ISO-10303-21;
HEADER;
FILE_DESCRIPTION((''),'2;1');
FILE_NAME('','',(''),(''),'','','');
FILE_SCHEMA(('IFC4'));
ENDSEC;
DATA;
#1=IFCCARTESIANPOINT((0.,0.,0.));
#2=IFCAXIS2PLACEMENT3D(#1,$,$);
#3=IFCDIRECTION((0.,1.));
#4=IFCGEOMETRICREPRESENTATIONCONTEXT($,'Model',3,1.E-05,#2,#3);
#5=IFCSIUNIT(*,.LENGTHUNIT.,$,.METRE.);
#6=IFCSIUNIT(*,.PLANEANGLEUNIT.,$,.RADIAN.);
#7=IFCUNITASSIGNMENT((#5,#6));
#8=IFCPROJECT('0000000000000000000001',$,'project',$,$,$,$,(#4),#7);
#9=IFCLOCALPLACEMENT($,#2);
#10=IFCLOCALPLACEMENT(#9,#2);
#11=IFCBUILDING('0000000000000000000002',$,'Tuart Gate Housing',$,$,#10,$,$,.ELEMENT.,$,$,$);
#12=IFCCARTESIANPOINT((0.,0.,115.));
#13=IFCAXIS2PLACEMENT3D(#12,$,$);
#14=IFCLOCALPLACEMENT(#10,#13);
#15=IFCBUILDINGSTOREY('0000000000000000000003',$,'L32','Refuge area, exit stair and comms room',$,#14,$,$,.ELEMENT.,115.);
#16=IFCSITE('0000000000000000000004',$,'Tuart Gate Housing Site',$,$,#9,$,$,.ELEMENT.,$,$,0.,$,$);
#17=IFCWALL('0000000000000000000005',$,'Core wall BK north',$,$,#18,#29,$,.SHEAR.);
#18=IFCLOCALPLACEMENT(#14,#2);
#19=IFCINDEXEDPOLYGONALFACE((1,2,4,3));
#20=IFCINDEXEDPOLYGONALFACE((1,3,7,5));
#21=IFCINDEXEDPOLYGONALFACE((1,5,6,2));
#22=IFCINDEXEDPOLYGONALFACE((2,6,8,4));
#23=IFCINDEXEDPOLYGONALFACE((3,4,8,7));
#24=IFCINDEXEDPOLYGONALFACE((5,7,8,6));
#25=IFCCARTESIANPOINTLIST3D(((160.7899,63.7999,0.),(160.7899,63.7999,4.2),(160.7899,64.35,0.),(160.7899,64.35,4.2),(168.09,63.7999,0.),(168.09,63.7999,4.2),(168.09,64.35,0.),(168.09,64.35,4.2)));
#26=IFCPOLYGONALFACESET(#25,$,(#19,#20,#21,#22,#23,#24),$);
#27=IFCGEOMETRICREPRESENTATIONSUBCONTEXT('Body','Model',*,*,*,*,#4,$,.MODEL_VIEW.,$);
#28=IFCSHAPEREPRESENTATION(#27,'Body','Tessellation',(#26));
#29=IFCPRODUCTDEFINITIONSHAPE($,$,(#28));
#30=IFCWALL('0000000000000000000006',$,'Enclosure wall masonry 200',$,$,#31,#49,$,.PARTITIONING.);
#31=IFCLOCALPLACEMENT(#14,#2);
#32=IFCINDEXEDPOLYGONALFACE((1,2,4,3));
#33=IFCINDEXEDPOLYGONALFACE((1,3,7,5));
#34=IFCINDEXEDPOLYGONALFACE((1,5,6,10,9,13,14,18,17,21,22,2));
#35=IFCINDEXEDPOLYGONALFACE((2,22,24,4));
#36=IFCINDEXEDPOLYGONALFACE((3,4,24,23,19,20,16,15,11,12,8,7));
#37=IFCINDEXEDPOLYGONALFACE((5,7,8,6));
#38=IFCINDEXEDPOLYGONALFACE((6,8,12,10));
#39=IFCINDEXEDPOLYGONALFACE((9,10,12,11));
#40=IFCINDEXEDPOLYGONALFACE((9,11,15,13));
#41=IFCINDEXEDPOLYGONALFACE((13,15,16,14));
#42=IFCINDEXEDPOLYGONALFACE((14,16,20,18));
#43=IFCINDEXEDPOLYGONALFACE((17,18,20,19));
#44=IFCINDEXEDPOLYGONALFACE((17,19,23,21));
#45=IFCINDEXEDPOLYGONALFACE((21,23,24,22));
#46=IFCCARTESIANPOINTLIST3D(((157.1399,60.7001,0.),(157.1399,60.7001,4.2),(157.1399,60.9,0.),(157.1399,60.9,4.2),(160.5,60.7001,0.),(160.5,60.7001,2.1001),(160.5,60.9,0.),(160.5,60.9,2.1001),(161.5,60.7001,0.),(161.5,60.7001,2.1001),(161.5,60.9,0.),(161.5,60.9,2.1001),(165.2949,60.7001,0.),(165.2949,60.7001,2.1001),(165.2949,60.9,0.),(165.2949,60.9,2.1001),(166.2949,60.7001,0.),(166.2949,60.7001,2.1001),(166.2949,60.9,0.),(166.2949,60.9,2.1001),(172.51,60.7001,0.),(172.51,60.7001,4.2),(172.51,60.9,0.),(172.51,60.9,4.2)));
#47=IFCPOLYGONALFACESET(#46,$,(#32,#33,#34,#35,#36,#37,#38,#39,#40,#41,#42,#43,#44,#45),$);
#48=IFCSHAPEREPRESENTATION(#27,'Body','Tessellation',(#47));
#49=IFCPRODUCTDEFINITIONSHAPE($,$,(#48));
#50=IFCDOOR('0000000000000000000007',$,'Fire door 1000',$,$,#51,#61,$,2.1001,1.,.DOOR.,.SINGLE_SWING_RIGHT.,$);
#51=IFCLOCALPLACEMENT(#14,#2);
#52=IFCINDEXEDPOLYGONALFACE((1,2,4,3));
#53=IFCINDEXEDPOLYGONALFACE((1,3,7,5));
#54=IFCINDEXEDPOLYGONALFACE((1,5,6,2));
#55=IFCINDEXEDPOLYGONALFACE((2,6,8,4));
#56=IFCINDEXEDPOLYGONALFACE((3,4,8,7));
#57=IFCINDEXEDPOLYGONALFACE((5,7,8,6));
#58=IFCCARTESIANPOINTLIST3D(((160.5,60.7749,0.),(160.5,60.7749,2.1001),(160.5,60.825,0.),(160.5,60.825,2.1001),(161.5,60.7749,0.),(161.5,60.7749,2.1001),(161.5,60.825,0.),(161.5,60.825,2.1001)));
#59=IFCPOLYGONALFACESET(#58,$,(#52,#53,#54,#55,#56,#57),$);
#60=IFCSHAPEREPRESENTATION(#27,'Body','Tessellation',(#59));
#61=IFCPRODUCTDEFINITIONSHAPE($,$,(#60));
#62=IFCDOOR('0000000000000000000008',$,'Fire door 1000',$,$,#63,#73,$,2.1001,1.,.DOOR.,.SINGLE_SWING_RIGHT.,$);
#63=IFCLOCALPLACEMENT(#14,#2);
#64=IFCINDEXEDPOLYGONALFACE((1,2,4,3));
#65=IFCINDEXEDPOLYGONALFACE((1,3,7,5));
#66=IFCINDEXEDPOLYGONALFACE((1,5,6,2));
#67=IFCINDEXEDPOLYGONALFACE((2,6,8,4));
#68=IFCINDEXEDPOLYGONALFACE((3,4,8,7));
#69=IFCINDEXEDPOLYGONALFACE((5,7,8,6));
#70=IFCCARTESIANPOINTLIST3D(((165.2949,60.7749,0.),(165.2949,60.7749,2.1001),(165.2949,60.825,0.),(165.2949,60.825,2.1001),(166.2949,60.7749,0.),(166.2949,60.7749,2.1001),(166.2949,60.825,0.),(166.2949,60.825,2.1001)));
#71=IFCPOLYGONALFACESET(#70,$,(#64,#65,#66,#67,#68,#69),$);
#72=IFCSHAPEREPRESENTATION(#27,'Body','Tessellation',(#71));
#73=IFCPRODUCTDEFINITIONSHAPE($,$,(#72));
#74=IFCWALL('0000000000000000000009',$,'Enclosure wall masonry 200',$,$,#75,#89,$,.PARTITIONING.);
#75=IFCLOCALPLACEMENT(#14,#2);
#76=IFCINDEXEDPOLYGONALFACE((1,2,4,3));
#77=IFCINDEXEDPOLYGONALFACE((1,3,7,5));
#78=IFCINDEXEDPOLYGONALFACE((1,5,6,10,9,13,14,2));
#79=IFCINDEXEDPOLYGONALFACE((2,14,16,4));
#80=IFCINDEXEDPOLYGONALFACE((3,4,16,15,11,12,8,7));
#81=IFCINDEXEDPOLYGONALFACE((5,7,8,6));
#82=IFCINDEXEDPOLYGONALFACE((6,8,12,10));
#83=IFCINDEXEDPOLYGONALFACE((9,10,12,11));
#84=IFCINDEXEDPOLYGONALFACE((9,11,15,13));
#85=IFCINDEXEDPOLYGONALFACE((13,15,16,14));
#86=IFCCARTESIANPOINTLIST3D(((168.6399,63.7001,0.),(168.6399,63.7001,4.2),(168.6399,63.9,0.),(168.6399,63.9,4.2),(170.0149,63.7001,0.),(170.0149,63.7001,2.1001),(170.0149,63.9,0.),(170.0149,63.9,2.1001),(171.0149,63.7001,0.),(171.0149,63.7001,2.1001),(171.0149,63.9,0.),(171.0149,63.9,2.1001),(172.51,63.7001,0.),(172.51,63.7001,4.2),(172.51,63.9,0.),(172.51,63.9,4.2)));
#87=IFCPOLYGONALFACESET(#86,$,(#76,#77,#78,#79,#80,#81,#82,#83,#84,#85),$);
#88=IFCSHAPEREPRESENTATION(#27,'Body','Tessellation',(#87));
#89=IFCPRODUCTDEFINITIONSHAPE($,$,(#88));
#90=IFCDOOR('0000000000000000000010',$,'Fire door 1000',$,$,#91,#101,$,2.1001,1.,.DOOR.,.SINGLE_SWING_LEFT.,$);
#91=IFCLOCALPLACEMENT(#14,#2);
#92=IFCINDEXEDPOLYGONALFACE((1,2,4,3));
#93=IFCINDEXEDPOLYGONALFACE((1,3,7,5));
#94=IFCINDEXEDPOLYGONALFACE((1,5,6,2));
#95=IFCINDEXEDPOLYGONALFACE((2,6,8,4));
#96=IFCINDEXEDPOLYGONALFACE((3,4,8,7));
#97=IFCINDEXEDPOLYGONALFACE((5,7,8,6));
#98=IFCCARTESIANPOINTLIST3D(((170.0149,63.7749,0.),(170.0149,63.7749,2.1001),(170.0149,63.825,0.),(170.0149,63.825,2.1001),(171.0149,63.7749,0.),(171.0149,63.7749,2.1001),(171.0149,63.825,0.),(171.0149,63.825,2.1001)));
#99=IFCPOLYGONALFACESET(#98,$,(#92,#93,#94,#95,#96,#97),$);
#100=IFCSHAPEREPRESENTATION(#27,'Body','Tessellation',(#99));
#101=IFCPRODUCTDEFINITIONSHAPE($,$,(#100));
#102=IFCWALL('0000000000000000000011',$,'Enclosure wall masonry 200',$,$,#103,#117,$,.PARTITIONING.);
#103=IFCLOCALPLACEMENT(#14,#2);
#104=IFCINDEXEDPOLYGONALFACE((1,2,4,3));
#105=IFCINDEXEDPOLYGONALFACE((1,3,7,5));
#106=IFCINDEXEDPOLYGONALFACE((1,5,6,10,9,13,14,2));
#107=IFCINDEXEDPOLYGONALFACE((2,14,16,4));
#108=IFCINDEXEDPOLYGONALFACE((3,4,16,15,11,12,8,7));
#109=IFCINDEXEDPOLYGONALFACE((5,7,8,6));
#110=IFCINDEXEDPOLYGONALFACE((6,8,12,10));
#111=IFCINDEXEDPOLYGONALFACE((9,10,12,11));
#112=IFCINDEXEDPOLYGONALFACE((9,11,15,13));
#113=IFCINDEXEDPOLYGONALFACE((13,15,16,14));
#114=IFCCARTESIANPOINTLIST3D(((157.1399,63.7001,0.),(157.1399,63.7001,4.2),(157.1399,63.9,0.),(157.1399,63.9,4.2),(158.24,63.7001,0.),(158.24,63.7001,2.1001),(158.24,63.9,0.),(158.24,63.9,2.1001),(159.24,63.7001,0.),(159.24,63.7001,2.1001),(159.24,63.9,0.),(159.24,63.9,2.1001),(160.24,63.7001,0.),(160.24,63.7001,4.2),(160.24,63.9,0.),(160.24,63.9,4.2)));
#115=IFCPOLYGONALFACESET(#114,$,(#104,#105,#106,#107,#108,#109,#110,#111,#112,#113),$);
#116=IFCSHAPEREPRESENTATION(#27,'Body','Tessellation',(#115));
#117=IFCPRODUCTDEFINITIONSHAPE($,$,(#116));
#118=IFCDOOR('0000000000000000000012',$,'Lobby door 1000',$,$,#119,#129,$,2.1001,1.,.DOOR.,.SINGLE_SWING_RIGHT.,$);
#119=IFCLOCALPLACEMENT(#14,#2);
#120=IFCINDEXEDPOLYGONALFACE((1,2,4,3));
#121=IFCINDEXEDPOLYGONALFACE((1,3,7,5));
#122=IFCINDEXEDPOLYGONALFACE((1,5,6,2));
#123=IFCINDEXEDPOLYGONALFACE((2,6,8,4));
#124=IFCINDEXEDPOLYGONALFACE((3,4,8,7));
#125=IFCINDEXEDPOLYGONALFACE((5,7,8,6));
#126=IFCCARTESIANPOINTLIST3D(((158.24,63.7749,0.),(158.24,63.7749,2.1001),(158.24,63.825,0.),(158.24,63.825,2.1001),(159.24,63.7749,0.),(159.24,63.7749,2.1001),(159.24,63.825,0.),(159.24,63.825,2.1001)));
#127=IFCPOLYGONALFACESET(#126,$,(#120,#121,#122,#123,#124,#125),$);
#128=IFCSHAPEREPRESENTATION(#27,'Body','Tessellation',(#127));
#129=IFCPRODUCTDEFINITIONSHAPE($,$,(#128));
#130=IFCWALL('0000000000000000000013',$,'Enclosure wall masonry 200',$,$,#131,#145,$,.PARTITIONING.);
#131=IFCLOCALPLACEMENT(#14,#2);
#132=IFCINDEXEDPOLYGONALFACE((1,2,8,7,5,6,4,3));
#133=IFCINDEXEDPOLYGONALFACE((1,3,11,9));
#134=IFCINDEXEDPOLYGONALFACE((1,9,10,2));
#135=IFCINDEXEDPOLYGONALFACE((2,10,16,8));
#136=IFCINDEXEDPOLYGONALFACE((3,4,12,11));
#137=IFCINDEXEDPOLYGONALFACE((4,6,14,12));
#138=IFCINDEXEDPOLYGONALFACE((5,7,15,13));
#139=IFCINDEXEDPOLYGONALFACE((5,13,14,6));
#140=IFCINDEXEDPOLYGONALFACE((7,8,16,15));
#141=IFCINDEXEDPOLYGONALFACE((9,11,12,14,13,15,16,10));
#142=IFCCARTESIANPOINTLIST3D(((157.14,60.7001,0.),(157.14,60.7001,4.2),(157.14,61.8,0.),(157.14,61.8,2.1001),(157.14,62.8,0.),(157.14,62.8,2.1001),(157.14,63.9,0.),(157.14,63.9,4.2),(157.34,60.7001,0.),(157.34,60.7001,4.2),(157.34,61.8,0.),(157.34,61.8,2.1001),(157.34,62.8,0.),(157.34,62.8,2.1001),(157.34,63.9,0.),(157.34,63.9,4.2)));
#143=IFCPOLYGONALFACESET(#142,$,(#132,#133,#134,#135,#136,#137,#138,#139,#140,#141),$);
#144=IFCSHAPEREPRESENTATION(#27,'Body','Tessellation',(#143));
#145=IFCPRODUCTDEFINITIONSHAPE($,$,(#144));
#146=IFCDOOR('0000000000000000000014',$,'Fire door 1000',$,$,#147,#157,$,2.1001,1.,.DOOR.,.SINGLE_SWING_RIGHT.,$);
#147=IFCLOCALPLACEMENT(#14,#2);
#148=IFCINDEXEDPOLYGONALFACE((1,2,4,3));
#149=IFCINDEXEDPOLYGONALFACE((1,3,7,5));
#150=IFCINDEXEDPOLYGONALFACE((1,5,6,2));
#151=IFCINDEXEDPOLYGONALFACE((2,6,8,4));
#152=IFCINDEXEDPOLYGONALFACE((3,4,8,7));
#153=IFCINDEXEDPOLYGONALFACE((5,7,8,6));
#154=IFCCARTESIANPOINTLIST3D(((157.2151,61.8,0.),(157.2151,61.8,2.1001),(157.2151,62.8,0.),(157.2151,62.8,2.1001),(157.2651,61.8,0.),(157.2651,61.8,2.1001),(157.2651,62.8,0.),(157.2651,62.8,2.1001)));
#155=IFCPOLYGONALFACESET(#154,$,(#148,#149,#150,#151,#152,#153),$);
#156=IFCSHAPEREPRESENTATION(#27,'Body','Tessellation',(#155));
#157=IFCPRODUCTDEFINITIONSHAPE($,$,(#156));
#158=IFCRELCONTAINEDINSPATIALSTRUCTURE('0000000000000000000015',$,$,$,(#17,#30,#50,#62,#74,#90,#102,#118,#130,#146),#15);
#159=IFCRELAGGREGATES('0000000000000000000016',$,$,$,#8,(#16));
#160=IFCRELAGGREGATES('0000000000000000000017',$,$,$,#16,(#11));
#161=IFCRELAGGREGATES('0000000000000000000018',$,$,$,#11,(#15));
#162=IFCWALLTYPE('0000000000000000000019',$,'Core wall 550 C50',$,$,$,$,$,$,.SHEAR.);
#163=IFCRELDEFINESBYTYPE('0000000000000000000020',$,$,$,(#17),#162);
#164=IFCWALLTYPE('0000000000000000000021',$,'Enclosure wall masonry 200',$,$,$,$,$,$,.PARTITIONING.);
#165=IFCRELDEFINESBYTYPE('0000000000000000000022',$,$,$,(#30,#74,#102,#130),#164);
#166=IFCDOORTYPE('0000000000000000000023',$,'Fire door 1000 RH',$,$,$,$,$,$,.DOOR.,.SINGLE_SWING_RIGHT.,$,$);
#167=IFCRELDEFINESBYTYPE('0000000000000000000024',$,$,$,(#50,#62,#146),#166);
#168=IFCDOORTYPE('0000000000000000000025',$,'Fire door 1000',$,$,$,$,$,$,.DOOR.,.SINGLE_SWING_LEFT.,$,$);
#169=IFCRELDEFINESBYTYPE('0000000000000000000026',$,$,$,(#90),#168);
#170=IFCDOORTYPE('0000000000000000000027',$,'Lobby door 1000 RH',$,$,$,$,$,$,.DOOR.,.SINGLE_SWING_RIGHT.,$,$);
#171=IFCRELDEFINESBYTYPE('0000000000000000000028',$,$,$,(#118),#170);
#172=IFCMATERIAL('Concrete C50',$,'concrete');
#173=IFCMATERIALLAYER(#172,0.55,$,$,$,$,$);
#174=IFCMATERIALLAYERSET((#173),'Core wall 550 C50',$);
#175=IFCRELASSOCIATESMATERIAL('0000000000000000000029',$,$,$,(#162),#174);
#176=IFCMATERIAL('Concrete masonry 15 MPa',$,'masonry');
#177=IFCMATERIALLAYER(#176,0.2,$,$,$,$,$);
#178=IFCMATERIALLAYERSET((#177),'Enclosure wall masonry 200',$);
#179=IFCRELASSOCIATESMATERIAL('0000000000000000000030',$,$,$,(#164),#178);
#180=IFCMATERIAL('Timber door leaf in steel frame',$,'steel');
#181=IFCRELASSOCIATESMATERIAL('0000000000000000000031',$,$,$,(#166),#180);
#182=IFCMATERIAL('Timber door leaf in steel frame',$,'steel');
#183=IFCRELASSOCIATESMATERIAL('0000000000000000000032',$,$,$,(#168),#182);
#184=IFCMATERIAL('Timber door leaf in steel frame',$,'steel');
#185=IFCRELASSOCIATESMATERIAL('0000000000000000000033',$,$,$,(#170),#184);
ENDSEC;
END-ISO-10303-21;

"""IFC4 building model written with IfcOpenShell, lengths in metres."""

from ifc_helpers import new_model, si_unit, direction, frame, frame_2d, origin, place, context, subcontext, project, spatial, rectangle, extrude, material, layer, layer_set, type_object, element, fill, save


model = new_model("IFC4")

# Units and contexts
model_context = context("Model", 3, precision=1e-05, world=origin(), true_north=direction((0.0, 1.0)))
body_context = subcontext(model_context, "Body", "Model", "MODEL_VIEW")
ifc_project = project(units=[si_unit("LENGTHUNIT", "METRE"), si_unit("PLANEANGLEUNIT", "RADIAN")], contexts=[model_context])

# Site, building, storey
site_placement = place(None, origin())
site = spatial("IfcSite", under=ifc_project, at=site_placement, Name="Tuart Gate Housing Site", CompositionType="ELEMENT", RefElevation=0.0)
building_placement = place(site_placement, origin())
building = spatial("IfcBuilding", under=site, at=building_placement, Name="Tuart Gate Housing", CompositionType="ELEMENT")
storey_placement = place(building_placement, frame((0.0, 0.0, 115.0)))
storey = spatial("IfcBuildingStorey", under=building, at=storey_placement, Name="L32", Description="Refuge area, exit stair and comms room", CompositionType="ELEMENT", Elevation=115.0)

# Wall
ifc_material_1 = material(Name="Concrete C50", Category="concrete")
ifc_layer_1 = layer(ifc_material_1, 0.55)
ifc_layer_set_1 = layer_set([ifc_layer_1], Name="Core wall 550 C50")
wall_type_1 = type_object("IfcWallType", Name="Core wall 550 C50", PredefinedType="SHEAR", material=ifc_layer_set_1)
wall_1_placement = place(storey_placement, frame((160.79, 64.075, 0.0), z_axis=(0.0, 0.0, 1.0), x_axis=(1.0, 0.0, 0.0)))
element("IfcWall", 1, at=wall_1_placement, inside=storey, type_object=wall_type_1, Name="Core wall BK north", PredefinedType="SHEAR", context=body_context, shape_type="SweptSolid", body=[
    extrude(rectangle(XDim=7.3, YDim=0.55, at=frame_2d((3.6499, 0.0))), origin(), (0.0, 0.0, 1.0), 4.2),
])

# Wall, openings, doors
ifc_material_2 = material(Name="Concrete masonry 15 MPa", Category="masonry")
ifc_layer_2 = layer(ifc_material_2, 0.2)
ifc_layer_set_2 = layer_set([ifc_layer_2], Name="Enclosure wall masonry 200")
wall_type_2 = type_object("IfcWallType", Name="Enclosure wall masonry 200", PredefinedType="PARTITIONING", material=ifc_layer_set_2)
wall_2_placement = place(storey_placement, frame((157.1399, 60.8, 0.0), z_axis=(0.0, 0.0, 1.0), x_axis=(1.0, 0.0, 0.0)))
wall_2 = element("IfcWall", 2, at=wall_2_placement, inside=storey, type_object=wall_type_2, Name="Enclosure wall masonry 200", PredefinedType="PARTITIONING", context=body_context, shape_type="SweptSolid", body=[
    extrude(rectangle(XDim=15.3701, YDim=0.2, at=frame_2d((7.6851, 0.0))), origin(), (0.0, 0.0, 1.0), 4.2),
])
opening_1_placement = place(wall_2_placement, frame((3.3601, 0.0, 0.0)))
opening_1 = element("IfcOpeningElement", 3, at=opening_1_placement, cuts=wall_2, PredefinedType="OPENING", context=body_context, shape_type="SweptSolid", body=[
    extrude(rectangle(XDim=1.0, YDim=2.1001, at=frame_2d((0.5, 1.05))), frame((0.0, 0.1099, 0.0), z_axis=(0.0, -1.0, 0.0), x_axis=(1.0, 0.0, 0.0)), (0.0, 0.0, 1.0), 0.22),
])
opening_2_placement = place(wall_2_placement, frame((8.155, 0.0, 0.0)))
opening_2 = element("IfcOpeningElement", 4, at=opening_2_placement, cuts=wall_2, PredefinedType="OPENING", context=body_context, shape_type="SweptSolid", body=[
    extrude(rectangle(XDim=1.0, YDim=2.1001, at=frame_2d((0.5, 1.05))), frame((0.0, 0.1099, 0.0), z_axis=(0.0, -1.0, 0.0), x_axis=(1.0, 0.0, 0.0)), (0.0, 0.0, 1.0), 0.22),
])
ifc_material_3 = material(Name="Timber door leaf in steel frame", Category="steel")
door_type_1 = type_object("IfcDoorType", Name="Fire door 1000 RH", OperationType="SINGLE_SWING_RIGHT", PredefinedType="DOOR", material=ifc_material_3)
door_1_placement = place(opening_1_placement, frame((1.0, 0.0, 0.0), z_axis=(0.0, 0.0, 1.0), x_axis=(-1.0, 0.0, 0.0)))
door_1 = element("IfcDoor", 5, at=door_1_placement, inside=storey, type_object=door_type_1, Name="Fire door 1000", OperationType="SINGLE_SWING_RIGHT", OverallHeight=2.1001, OverallWidth=1.0, PredefinedType="DOOR", context=body_context, shape_type="SweptSolid", body=[
    extrude(rectangle(XDim=1.0, YDim=2.1001, at=frame_2d((0.5, 1.05))), frame((0.0, 0.0251, 0.0), z_axis=(0.0, -1.0, 0.0), x_axis=(1.0, 0.0, 0.0)), (0.0, 0.0, 1.0), 0.05),
])
fill(opening_1, door_1)
door_2_placement = place(opening_2_placement, frame((1.0, 0.0, 0.0), z_axis=(0.0, 0.0, 1.0), x_axis=(-1.0, 0.0, 0.0)))
door_2 = element("IfcDoor", 6, at=door_2_placement, inside=storey, type_object=door_type_1, Name="Fire door 1000", OperationType="SINGLE_SWING_RIGHT", OverallHeight=2.1001, OverallWidth=1.0, PredefinedType="DOOR", context=body_context, shape_type="SweptSolid", body=[
    extrude(rectangle(XDim=1.0, YDim=2.1001, at=frame_2d((0.5, 1.05))), frame((0.0, 0.0251, 0.0), z_axis=(0.0, -1.0, 0.0), x_axis=(1.0, 0.0, 0.0)), (0.0, 0.0, 1.0), 0.05),
])
fill(opening_2, door_2)

# Walls, openings, doors
wall_3_placement = place(storey_placement, frame((168.6399, 63.8, 0.0), z_axis=(0.0, 0.0, 1.0), x_axis=(1.0, 0.0, 0.0)))
wall_3 = element("IfcWall", 7, at=wall_3_placement, inside=storey, type_object=wall_type_2, Name="Enclosure wall masonry 200", PredefinedType="PARTITIONING", context=body_context, shape_type="SweptSolid", body=[
    extrude(rectangle(XDim=3.8701, YDim=0.2, at=frame_2d((1.9351, 0.0))), origin(), (0.0, 0.0, 1.0), 4.2),
])
opening_3_placement = place(wall_3_placement, frame((1.375, 0.0, 0.0)))
opening_3 = element("IfcOpeningElement", 8, at=opening_3_placement, cuts=wall_3, PredefinedType="OPENING", context=body_context, shape_type="SweptSolid", body=[
    extrude(rectangle(XDim=1.0, YDim=2.1001, at=frame_2d((0.5, 1.05))), frame((0.0, 0.1099, 0.0), z_axis=(0.0, -1.0, 0.0), x_axis=(1.0, 0.0, 0.0)), (0.0, 0.0, 1.0), 0.22),
])
ifc_material_4 = material(Name="Timber door leaf in steel frame", Category="steel")
door_type_2 = type_object("IfcDoorType", Name="Fire door 1000", OperationType="SINGLE_SWING_LEFT", PredefinedType="DOOR", material=ifc_material_4)
door_3_placement = place(opening_3_placement, origin())
door_3 = element("IfcDoor", 9, at=door_3_placement, inside=storey, type_object=door_type_2, Name="Fire door 1000", OperationType="SINGLE_SWING_LEFT", OverallHeight=2.1001, OverallWidth=1.0, PredefinedType="DOOR", context=body_context, shape_type="SweptSolid", body=[
    extrude(rectangle(XDim=1.0, YDim=2.1001, at=frame_2d((0.5, 1.05))), frame((0.0, 0.0249, 0.0), z_axis=(0.0, -1.0, 0.0), x_axis=(1.0, 0.0, 0.0)), (0.0, 0.0, 1.0), 0.05),
])
fill(opening_3, door_3)
wall_4_placement = place(storey_placement, frame((157.1399, 63.8, 0.0), z_axis=(0.0, 0.0, 1.0), x_axis=(1.0, 0.0, 0.0)))
wall_4 = element("IfcWall", 10, at=wall_4_placement, inside=storey, type_object=wall_type_2, Name="Enclosure wall masonry 200", PredefinedType="PARTITIONING", context=body_context, shape_type="SweptSolid", body=[
    extrude(rectangle(XDim=3.1001, YDim=0.2, at=frame_2d((1.55, 0.0))), origin(), (0.0, 0.0, 1.0), 4.2),
])
opening_4_placement = place(wall_4_placement, frame((1.1001, 0.0, 0.0)))
opening_4 = element("IfcOpeningElement", 11, at=opening_4_placement, cuts=wall_4, PredefinedType="OPENING", context=body_context, shape_type="SweptSolid", body=[
    extrude(rectangle(XDim=1.0, YDim=2.1001, at=frame_2d((0.5, 1.05))), frame((0.0, 0.1099, 0.0), z_axis=(0.0, -1.0, 0.0), x_axis=(1.0, 0.0, 0.0)), (0.0, 0.0, 1.0), 0.22),
])
ifc_material_5 = material(Name="Timber door leaf in steel frame", Category="steel")
door_type_3 = type_object("IfcDoorType", Name="Lobby door 1000 RH", OperationType="SINGLE_SWING_RIGHT", PredefinedType="DOOR", material=ifc_material_5)
door_4_placement = place(opening_4_placement, frame((1.0, 0.0, 0.0), z_axis=(0.0, 0.0, 1.0), x_axis=(-1.0, 0.0, 0.0)))
door_4 = element("IfcDoor", 12, at=door_4_placement, inside=storey, type_object=door_type_3, Name="Lobby door 1000", OperationType="SINGLE_SWING_RIGHT", OverallHeight=2.1001, OverallWidth=1.0, PredefinedType="DOOR", context=body_context, shape_type="SweptSolid", body=[
    extrude(rectangle(XDim=1.0, YDim=2.1001, at=frame_2d((0.5, 1.05))), frame((0.0, 0.0251, 0.0), z_axis=(0.0, -1.0, 0.0), x_axis=(1.0, 0.0, 0.0)), (0.0, 0.0, 1.0), 0.05),
])
fill(opening_4, door_4)
wall_5_placement = place(storey_placement, frame((157.24, 60.7, 0.0), z_axis=(0.0, 0.0, 1.0), x_axis=(0.0, 1.0, 0.0)))
wall_5 = element("IfcWall", 13, at=wall_5_placement, inside=storey, type_object=wall_type_2, Name="Enclosure wall masonry 200", PredefinedType="PARTITIONING", context=body_context, shape_type="SweptSolid", body=[
    extrude(rectangle(XDim=3.2, YDim=0.2, at=frame_2d((1.6001, 0.0))), origin(), (0.0, 0.0, 1.0), 4.2),
])
opening_5_placement = place(wall_5_placement, frame((1.1001, 0.0, 0.0)))
opening_5 = element("IfcOpeningElement", 14, at=opening_5_placement, cuts=wall_5, PredefinedType="OPENING", context=body_context, shape_type="SweptSolid", body=[
    extrude(rectangle(XDim=1.0, YDim=2.1001, at=frame_2d((0.5, 1.05))), frame((0.0, 0.1099, 0.0), z_axis=(0.0, -1.0, 0.0), x_axis=(1.0, 0.0, 0.0)), (0.0, 0.0, 1.0), 0.22),
])
door_5_placement = place(opening_5_placement, origin())
door_5 = element("IfcDoor", 15, at=door_5_placement, inside=storey, type_object=door_type_1, Name="Fire door 1000", OperationType="SINGLE_SWING_RIGHT", OverallHeight=2.1001, OverallWidth=1.0, PredefinedType="DOOR", context=body_context, shape_type="SweptSolid", body=[
    extrude(rectangle(XDim=1.0, YDim=2.1001, at=frame_2d((0.5, 1.05))), frame((0.0, 0.0249, 0.0), z_axis=(0.0, -1.0, 0.0), x_axis=(1.0, 0.0, 0.0)), (0.0, 0.0, 1.0), 0.05),
])
fill(opening_5, door_5)

save(model, "model.ifc")
